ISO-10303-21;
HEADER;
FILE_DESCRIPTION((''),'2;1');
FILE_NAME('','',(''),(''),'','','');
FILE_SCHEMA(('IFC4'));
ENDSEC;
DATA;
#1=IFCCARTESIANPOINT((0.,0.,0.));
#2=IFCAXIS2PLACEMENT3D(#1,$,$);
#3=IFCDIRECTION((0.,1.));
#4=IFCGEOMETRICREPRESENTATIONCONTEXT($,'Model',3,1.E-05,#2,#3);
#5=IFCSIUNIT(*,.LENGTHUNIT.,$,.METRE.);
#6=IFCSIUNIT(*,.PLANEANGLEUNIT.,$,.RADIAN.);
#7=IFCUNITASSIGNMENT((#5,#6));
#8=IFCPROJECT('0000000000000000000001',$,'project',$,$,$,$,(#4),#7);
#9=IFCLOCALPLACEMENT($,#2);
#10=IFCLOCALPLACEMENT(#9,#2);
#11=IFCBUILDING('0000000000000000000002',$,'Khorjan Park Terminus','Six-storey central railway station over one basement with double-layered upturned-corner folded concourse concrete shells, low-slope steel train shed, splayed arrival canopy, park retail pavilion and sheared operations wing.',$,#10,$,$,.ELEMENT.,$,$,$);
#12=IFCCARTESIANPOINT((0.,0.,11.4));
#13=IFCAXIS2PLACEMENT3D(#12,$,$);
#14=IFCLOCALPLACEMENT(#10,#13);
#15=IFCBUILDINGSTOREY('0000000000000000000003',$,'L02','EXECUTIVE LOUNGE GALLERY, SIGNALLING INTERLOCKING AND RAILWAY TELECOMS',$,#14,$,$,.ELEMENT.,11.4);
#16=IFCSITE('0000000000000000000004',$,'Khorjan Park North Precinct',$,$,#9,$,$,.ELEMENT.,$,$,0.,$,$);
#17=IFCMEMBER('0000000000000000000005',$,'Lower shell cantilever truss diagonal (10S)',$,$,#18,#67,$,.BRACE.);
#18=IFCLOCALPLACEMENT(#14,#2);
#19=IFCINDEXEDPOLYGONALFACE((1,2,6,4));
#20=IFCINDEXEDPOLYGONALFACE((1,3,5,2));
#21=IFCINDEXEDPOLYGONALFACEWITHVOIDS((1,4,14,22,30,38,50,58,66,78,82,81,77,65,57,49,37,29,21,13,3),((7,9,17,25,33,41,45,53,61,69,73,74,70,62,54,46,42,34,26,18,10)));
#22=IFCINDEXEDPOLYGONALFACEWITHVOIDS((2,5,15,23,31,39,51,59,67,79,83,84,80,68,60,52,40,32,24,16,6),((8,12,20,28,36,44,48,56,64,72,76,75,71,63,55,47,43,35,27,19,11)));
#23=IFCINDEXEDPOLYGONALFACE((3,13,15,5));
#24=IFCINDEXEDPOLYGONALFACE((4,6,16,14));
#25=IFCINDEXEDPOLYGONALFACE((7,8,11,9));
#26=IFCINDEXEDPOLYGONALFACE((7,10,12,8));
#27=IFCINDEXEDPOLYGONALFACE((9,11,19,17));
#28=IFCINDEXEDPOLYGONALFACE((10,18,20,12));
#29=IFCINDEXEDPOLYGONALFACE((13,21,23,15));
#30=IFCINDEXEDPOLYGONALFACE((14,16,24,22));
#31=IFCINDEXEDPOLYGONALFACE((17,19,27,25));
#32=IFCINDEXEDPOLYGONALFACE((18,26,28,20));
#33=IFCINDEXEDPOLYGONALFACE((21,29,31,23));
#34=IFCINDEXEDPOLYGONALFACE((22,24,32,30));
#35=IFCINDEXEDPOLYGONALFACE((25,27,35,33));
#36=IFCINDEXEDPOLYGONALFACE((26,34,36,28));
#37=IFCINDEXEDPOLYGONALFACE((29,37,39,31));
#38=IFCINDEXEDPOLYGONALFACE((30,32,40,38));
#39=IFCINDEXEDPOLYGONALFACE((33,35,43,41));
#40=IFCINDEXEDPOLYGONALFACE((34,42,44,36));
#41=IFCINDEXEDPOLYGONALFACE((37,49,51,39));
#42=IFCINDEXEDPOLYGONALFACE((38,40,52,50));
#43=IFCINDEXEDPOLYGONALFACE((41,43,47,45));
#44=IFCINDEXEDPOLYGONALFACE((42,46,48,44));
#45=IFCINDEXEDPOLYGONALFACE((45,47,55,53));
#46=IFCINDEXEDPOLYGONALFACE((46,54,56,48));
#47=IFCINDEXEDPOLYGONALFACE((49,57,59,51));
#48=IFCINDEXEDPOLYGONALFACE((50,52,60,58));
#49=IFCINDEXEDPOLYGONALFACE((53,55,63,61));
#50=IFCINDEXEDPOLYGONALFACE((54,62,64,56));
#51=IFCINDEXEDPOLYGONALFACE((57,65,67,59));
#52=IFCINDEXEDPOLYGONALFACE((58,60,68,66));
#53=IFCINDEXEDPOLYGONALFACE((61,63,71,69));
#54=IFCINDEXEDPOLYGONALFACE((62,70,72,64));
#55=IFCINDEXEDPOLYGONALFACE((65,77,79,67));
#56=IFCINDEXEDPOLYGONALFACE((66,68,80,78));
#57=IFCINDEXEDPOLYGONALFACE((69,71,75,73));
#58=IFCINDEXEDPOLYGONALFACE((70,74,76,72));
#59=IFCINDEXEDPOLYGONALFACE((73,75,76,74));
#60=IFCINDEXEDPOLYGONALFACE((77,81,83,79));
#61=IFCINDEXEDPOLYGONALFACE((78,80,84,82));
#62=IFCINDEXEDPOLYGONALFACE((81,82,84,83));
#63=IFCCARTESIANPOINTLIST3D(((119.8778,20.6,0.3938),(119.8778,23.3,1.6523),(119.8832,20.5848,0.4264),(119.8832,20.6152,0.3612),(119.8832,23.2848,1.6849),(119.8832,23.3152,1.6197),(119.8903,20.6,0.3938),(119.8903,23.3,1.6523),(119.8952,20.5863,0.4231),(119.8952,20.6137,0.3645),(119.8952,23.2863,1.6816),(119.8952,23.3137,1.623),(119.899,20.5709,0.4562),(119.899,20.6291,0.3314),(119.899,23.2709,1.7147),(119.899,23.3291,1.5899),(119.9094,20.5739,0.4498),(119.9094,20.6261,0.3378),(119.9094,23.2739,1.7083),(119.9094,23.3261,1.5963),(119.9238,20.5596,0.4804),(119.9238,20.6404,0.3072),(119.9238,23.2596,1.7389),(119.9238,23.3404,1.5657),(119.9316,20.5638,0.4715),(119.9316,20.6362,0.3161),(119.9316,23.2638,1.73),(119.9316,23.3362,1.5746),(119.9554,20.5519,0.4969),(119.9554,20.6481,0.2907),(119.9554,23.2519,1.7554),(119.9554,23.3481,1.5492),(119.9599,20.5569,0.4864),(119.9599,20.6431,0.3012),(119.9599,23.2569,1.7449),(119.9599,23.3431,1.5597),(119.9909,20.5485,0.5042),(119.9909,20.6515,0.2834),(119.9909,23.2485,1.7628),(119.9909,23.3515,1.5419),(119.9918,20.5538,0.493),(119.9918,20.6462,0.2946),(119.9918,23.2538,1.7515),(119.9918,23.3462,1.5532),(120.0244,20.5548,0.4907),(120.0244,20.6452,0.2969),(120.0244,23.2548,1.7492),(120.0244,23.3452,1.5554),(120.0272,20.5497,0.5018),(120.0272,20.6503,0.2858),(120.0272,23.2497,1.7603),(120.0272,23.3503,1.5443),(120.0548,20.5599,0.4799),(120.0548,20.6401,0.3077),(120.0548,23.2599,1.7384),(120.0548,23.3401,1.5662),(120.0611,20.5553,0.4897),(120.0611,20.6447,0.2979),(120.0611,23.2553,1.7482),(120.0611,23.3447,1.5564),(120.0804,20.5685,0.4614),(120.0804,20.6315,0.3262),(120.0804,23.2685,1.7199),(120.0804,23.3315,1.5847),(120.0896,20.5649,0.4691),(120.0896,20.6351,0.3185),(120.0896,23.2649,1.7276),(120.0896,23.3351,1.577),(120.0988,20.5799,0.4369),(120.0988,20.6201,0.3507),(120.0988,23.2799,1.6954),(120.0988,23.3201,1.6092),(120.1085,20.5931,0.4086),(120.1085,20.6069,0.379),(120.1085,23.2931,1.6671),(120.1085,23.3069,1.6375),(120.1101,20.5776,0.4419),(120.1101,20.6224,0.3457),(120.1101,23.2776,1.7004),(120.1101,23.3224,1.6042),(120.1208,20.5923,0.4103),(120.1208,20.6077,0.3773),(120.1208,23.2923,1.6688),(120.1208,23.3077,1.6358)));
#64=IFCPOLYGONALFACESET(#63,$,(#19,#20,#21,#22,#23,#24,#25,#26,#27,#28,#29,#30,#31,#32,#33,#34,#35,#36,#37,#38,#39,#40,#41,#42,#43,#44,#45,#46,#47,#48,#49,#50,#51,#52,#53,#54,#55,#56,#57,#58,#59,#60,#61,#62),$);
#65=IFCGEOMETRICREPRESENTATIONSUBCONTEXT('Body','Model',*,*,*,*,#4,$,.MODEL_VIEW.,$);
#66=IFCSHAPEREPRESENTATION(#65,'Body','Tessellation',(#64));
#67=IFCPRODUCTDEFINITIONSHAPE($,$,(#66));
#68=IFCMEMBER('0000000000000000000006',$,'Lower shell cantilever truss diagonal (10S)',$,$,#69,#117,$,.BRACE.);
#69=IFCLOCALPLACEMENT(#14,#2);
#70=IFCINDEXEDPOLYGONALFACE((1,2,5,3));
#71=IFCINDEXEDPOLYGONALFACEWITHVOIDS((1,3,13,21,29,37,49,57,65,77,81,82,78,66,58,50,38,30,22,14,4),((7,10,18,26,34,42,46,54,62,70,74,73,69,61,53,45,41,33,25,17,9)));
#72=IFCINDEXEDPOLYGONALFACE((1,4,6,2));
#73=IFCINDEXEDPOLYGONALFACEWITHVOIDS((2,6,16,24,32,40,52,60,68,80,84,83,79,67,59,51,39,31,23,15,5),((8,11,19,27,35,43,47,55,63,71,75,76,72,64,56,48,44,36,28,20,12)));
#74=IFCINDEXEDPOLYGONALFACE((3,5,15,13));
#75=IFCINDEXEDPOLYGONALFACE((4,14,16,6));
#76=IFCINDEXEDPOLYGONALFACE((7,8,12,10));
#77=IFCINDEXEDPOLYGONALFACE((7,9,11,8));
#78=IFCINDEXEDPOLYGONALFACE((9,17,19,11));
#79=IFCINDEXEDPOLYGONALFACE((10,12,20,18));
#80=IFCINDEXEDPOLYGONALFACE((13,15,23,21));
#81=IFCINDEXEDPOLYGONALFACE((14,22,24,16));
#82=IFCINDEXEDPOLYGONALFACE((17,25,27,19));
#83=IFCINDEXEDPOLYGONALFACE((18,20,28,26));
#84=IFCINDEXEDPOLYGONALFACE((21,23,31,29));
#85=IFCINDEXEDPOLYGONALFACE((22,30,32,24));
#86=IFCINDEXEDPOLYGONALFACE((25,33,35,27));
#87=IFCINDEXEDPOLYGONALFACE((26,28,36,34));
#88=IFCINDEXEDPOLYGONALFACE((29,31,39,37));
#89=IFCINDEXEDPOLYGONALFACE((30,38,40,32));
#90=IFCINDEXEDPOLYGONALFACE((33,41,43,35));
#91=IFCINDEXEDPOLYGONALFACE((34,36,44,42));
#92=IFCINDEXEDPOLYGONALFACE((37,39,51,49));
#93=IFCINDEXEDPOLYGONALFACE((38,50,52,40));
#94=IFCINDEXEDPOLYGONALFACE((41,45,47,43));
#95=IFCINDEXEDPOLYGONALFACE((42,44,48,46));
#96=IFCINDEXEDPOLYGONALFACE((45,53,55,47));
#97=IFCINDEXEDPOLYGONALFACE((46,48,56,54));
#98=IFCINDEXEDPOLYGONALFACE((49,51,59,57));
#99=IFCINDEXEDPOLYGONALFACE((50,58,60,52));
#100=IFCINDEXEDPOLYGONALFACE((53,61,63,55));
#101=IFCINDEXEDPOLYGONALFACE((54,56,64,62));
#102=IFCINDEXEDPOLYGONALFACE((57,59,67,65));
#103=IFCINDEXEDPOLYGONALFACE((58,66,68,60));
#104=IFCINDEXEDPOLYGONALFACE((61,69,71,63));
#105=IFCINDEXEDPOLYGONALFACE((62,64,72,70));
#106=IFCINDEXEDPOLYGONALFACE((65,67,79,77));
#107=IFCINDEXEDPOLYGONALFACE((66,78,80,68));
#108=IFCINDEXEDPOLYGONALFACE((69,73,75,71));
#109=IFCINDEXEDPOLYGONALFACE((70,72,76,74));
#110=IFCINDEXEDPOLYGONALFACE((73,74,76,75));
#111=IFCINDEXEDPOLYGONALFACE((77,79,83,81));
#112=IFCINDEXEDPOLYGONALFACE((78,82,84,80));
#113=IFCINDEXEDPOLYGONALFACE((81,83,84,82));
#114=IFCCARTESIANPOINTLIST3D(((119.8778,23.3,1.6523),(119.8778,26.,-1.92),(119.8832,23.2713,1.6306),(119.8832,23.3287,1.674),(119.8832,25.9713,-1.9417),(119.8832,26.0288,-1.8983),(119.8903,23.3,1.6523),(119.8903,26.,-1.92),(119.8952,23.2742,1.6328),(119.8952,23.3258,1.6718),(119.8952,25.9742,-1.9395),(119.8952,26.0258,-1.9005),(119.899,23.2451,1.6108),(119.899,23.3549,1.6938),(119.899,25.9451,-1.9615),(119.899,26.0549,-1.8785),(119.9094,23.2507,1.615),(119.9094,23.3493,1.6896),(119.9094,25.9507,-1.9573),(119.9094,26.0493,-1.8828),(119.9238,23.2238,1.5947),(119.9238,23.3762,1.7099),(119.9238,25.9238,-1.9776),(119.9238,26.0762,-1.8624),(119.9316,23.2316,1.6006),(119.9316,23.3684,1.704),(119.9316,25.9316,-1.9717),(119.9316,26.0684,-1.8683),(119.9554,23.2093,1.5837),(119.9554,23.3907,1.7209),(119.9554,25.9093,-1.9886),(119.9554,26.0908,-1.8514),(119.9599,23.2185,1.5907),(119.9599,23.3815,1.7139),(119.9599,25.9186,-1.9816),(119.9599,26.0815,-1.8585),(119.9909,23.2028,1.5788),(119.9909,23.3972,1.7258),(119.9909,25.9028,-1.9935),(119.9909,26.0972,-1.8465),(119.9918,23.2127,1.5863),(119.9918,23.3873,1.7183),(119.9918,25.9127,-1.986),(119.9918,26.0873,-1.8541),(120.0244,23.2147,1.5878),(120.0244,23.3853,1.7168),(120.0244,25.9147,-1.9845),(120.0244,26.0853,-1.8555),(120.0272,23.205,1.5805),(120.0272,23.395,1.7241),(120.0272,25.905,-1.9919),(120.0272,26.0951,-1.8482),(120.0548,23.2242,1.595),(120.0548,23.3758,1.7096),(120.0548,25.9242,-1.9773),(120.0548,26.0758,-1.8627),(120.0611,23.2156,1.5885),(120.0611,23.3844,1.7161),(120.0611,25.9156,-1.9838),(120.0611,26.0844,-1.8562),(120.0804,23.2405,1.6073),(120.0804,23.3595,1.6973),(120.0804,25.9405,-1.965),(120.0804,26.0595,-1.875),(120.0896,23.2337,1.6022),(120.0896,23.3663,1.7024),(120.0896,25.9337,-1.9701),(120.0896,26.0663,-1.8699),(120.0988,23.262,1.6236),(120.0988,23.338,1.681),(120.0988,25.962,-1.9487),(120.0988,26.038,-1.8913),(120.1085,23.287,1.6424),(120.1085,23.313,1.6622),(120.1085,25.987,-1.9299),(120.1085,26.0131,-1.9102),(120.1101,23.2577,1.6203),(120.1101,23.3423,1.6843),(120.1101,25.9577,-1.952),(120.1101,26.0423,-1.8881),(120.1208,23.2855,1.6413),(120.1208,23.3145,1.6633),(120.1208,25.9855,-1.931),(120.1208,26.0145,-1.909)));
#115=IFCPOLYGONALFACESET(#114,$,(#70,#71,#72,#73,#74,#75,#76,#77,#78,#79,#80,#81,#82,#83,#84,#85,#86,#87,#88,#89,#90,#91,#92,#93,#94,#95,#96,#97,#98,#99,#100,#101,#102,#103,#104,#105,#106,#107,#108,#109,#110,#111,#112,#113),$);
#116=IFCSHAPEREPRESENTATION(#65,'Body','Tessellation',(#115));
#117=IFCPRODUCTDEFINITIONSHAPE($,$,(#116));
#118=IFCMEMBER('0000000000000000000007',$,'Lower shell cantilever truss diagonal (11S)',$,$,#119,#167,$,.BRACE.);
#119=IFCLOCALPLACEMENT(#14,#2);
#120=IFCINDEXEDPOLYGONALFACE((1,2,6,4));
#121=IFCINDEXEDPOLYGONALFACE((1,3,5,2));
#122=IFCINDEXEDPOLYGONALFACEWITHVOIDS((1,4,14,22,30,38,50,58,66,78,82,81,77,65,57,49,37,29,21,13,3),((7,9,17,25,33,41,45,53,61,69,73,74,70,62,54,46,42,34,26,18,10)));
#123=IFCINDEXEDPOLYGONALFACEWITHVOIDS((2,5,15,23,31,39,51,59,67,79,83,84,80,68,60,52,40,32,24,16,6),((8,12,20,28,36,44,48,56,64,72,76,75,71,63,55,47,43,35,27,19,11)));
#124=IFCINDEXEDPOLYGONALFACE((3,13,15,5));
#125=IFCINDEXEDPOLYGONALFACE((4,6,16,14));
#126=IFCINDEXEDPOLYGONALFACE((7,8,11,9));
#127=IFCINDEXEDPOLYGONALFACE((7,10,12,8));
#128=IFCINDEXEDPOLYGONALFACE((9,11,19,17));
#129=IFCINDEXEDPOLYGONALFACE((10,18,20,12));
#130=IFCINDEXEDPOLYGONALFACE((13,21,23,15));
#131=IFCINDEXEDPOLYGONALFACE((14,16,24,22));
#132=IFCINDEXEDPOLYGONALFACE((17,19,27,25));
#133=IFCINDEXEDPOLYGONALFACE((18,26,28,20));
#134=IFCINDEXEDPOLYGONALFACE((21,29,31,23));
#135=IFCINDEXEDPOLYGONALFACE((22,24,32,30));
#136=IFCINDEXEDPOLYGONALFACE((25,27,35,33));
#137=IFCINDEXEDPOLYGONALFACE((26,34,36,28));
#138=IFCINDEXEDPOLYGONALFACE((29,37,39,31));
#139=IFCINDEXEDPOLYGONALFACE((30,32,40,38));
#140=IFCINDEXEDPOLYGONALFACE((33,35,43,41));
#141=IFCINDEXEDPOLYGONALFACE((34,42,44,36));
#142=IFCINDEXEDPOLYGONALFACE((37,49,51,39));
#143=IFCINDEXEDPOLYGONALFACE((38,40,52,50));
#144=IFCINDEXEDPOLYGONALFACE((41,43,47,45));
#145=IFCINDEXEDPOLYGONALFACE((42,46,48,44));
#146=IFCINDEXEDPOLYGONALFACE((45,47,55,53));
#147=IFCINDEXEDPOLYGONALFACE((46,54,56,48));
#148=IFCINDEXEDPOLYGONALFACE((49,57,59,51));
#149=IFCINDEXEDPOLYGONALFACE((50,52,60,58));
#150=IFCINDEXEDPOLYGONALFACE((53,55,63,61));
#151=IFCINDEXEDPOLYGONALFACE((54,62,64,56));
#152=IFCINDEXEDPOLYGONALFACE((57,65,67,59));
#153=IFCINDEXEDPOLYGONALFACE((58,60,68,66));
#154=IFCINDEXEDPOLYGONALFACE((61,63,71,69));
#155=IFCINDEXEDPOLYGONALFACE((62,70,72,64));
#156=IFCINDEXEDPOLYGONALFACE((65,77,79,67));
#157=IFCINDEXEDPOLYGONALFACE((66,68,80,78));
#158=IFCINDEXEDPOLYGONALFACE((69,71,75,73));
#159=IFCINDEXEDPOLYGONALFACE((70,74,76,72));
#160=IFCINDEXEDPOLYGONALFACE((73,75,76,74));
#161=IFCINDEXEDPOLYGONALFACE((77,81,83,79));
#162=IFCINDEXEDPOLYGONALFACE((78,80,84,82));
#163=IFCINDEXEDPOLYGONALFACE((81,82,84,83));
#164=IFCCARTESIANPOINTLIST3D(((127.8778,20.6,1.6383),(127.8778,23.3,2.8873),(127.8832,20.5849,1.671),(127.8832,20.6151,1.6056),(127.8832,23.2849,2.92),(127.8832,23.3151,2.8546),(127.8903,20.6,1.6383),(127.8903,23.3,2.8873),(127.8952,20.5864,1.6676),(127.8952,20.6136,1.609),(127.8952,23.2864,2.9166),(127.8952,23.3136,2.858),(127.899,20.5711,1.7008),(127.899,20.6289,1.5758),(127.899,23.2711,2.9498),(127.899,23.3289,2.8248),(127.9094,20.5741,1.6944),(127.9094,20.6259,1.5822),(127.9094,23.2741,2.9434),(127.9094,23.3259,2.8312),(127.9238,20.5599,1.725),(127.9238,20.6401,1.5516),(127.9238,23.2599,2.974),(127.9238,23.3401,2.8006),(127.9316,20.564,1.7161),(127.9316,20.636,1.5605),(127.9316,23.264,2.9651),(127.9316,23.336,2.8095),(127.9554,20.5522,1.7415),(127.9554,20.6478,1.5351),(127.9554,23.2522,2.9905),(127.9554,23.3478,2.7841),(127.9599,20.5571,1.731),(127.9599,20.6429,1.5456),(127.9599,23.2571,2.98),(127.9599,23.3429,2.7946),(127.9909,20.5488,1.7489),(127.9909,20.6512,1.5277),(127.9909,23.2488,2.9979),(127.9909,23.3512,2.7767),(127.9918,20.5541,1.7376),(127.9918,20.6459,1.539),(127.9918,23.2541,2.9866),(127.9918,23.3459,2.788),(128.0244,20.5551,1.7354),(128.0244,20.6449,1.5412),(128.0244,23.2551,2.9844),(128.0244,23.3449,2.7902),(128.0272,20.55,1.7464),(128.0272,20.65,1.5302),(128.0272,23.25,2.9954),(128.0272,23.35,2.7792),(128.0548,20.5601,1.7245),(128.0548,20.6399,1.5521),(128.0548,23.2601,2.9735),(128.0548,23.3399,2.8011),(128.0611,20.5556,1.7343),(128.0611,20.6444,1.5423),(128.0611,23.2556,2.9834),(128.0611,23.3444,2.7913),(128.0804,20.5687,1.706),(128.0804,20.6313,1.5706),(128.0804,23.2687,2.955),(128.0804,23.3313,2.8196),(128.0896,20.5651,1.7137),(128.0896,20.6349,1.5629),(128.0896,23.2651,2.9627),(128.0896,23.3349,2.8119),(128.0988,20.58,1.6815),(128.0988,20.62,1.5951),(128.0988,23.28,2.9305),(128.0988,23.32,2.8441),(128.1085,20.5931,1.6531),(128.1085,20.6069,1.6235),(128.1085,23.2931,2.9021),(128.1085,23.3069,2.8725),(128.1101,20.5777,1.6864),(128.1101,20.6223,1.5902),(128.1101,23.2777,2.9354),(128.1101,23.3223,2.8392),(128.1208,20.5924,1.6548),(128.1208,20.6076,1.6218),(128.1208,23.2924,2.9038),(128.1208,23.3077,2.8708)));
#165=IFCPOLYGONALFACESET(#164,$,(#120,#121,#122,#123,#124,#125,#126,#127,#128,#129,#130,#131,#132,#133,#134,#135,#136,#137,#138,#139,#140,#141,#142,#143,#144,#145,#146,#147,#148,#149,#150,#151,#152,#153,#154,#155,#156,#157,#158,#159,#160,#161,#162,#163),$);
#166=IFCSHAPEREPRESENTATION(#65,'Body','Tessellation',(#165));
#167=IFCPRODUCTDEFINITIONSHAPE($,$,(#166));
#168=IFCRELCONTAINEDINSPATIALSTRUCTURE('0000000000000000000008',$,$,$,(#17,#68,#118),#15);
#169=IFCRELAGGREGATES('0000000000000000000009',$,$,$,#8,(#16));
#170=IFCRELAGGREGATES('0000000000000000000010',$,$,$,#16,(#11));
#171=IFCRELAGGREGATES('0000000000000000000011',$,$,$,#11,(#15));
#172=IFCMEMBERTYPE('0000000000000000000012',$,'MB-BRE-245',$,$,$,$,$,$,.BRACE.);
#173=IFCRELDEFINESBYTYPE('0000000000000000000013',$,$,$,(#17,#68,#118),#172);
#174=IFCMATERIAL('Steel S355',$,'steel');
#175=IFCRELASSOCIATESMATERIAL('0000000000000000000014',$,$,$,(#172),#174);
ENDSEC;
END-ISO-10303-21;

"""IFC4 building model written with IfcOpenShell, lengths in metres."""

from ifc_helpers import new_model, si_unit, direction, frame, origin, origin_2d, place, context, subcontext, project, spatial, hollow_circle, extrude, material, material_profile, profile_set, type_object, element, save


model = new_model("IFC4")

# Units and contexts
model_context = context("Model", 3, precision=1e-05, world=origin(), true_north=direction((0.0, 1.0)))
body_context = subcontext(model_context, "Body", "Model", "MODEL_VIEW")
ifc_project = project(units=[si_unit("LENGTHUNIT", "METRE"), si_unit("PLANEANGLEUNIT", "RADIAN")], contexts=[model_context])

# Site, building, storey
site_placement = place(None, origin())
site = spatial("IfcSite", under=ifc_project, at=site_placement, Name="Khorjan Park North Precinct", CompositionType="ELEMENT", RefElevation=0.0)
building_placement = place(site_placement, origin())
building = spatial("IfcBuilding", under=site, at=building_placement, Name="Khorjan Park Terminus", Description="Six-storey central railway station over one basement with double-layered upturned-corner folded concourse concrete shells, low-slope steel train shed, splayed arrival canopy, park retail pavilion and sheared operations wing.", CompositionType="ELEMENT")
storey_placement = place(building_placement, frame((0.0, 0.0, 11.4)))
storey = spatial("IfcBuildingStorey", under=building, at=storey_placement, Name="L02", Description="EXECUTIVE LOUNGE GALLERY, SIGNALLING INTERLOCKING AND RAILWAY TELECOMS", CompositionType="ELEMENT", Elevation=11.4)

# Members
ifc_material_1 = material(Name="Steel S355", Category="steel")
ifc_material_profile_1 = material_profile(ifc_material_1, hollow_circle(Radius=0.1222, WallThickness=0.0125, at=origin_2d()), Name="CHS 244.5x12.5")
ifc_profile_set_1 = profile_set([ifc_material_profile_1], Name="Steel S355")
member_type_1 = type_object("IfcMemberType", Name="MB-BRE-245", PredefinedType="BRACE", material=ifc_profile_set_1)
member_1_placement = place(storey_placement, frame((120.0, 20.6, 0.3938), z_axis=(0.0, 0.906376, 0.422472), x_axis=(-1.0, 0.0, 0.0)))
element("IfcMember", 1, at=member_1_placement, inside=storey, type_object=member_type_1, Name="Lower shell cantilever truss diagonal (10S)", PredefinedType="BRACE", context=body_context, shape_type="SweptSolid", body=[
    extrude(hollow_circle(Radius=0.1222, WallThickness=0.0125, at=origin_2d()), origin(), (0.0, 0.0, 1.0), 2.9789),
])
member_2_placement = place(storey_placement, frame((120.0, 23.3, 1.6523), z_axis=(0.0, 0.602965, -0.797768), x_axis=(-1.0, 0.0, 0.0)))
element("IfcMember", 2, at=member_2_placement, inside=storey, type_object=member_type_1, Name="Lower shell cantilever truss diagonal (10S)", PredefinedType="BRACE", context=body_context, shape_type="SweptSolid", body=[
    extrude(hollow_circle(Radius=0.1222, WallThickness=0.0125, at=origin_2d()), origin(), (0.0, 0.0, 1.0), 4.4779),
])
member_3_placement = place(storey_placement, frame((128.0, 20.6, 1.6383), z_axis=(0.0, 0.907595, 0.419847), x_axis=(-1.0, 0.0, 0.0)))
element("IfcMember", 3, at=member_3_placement, inside=storey, type_object=member_type_1, Name="Lower shell cantilever truss diagonal (11S)", PredefinedType="BRACE", context=body_context, shape_type="SweptSolid", body=[
    extrude(hollow_circle(Radius=0.1222, WallThickness=0.0125, at=origin_2d()), origin(), (0.0, 0.0, 1.0), 2.9749),
])

save(model, "model.ifc")
